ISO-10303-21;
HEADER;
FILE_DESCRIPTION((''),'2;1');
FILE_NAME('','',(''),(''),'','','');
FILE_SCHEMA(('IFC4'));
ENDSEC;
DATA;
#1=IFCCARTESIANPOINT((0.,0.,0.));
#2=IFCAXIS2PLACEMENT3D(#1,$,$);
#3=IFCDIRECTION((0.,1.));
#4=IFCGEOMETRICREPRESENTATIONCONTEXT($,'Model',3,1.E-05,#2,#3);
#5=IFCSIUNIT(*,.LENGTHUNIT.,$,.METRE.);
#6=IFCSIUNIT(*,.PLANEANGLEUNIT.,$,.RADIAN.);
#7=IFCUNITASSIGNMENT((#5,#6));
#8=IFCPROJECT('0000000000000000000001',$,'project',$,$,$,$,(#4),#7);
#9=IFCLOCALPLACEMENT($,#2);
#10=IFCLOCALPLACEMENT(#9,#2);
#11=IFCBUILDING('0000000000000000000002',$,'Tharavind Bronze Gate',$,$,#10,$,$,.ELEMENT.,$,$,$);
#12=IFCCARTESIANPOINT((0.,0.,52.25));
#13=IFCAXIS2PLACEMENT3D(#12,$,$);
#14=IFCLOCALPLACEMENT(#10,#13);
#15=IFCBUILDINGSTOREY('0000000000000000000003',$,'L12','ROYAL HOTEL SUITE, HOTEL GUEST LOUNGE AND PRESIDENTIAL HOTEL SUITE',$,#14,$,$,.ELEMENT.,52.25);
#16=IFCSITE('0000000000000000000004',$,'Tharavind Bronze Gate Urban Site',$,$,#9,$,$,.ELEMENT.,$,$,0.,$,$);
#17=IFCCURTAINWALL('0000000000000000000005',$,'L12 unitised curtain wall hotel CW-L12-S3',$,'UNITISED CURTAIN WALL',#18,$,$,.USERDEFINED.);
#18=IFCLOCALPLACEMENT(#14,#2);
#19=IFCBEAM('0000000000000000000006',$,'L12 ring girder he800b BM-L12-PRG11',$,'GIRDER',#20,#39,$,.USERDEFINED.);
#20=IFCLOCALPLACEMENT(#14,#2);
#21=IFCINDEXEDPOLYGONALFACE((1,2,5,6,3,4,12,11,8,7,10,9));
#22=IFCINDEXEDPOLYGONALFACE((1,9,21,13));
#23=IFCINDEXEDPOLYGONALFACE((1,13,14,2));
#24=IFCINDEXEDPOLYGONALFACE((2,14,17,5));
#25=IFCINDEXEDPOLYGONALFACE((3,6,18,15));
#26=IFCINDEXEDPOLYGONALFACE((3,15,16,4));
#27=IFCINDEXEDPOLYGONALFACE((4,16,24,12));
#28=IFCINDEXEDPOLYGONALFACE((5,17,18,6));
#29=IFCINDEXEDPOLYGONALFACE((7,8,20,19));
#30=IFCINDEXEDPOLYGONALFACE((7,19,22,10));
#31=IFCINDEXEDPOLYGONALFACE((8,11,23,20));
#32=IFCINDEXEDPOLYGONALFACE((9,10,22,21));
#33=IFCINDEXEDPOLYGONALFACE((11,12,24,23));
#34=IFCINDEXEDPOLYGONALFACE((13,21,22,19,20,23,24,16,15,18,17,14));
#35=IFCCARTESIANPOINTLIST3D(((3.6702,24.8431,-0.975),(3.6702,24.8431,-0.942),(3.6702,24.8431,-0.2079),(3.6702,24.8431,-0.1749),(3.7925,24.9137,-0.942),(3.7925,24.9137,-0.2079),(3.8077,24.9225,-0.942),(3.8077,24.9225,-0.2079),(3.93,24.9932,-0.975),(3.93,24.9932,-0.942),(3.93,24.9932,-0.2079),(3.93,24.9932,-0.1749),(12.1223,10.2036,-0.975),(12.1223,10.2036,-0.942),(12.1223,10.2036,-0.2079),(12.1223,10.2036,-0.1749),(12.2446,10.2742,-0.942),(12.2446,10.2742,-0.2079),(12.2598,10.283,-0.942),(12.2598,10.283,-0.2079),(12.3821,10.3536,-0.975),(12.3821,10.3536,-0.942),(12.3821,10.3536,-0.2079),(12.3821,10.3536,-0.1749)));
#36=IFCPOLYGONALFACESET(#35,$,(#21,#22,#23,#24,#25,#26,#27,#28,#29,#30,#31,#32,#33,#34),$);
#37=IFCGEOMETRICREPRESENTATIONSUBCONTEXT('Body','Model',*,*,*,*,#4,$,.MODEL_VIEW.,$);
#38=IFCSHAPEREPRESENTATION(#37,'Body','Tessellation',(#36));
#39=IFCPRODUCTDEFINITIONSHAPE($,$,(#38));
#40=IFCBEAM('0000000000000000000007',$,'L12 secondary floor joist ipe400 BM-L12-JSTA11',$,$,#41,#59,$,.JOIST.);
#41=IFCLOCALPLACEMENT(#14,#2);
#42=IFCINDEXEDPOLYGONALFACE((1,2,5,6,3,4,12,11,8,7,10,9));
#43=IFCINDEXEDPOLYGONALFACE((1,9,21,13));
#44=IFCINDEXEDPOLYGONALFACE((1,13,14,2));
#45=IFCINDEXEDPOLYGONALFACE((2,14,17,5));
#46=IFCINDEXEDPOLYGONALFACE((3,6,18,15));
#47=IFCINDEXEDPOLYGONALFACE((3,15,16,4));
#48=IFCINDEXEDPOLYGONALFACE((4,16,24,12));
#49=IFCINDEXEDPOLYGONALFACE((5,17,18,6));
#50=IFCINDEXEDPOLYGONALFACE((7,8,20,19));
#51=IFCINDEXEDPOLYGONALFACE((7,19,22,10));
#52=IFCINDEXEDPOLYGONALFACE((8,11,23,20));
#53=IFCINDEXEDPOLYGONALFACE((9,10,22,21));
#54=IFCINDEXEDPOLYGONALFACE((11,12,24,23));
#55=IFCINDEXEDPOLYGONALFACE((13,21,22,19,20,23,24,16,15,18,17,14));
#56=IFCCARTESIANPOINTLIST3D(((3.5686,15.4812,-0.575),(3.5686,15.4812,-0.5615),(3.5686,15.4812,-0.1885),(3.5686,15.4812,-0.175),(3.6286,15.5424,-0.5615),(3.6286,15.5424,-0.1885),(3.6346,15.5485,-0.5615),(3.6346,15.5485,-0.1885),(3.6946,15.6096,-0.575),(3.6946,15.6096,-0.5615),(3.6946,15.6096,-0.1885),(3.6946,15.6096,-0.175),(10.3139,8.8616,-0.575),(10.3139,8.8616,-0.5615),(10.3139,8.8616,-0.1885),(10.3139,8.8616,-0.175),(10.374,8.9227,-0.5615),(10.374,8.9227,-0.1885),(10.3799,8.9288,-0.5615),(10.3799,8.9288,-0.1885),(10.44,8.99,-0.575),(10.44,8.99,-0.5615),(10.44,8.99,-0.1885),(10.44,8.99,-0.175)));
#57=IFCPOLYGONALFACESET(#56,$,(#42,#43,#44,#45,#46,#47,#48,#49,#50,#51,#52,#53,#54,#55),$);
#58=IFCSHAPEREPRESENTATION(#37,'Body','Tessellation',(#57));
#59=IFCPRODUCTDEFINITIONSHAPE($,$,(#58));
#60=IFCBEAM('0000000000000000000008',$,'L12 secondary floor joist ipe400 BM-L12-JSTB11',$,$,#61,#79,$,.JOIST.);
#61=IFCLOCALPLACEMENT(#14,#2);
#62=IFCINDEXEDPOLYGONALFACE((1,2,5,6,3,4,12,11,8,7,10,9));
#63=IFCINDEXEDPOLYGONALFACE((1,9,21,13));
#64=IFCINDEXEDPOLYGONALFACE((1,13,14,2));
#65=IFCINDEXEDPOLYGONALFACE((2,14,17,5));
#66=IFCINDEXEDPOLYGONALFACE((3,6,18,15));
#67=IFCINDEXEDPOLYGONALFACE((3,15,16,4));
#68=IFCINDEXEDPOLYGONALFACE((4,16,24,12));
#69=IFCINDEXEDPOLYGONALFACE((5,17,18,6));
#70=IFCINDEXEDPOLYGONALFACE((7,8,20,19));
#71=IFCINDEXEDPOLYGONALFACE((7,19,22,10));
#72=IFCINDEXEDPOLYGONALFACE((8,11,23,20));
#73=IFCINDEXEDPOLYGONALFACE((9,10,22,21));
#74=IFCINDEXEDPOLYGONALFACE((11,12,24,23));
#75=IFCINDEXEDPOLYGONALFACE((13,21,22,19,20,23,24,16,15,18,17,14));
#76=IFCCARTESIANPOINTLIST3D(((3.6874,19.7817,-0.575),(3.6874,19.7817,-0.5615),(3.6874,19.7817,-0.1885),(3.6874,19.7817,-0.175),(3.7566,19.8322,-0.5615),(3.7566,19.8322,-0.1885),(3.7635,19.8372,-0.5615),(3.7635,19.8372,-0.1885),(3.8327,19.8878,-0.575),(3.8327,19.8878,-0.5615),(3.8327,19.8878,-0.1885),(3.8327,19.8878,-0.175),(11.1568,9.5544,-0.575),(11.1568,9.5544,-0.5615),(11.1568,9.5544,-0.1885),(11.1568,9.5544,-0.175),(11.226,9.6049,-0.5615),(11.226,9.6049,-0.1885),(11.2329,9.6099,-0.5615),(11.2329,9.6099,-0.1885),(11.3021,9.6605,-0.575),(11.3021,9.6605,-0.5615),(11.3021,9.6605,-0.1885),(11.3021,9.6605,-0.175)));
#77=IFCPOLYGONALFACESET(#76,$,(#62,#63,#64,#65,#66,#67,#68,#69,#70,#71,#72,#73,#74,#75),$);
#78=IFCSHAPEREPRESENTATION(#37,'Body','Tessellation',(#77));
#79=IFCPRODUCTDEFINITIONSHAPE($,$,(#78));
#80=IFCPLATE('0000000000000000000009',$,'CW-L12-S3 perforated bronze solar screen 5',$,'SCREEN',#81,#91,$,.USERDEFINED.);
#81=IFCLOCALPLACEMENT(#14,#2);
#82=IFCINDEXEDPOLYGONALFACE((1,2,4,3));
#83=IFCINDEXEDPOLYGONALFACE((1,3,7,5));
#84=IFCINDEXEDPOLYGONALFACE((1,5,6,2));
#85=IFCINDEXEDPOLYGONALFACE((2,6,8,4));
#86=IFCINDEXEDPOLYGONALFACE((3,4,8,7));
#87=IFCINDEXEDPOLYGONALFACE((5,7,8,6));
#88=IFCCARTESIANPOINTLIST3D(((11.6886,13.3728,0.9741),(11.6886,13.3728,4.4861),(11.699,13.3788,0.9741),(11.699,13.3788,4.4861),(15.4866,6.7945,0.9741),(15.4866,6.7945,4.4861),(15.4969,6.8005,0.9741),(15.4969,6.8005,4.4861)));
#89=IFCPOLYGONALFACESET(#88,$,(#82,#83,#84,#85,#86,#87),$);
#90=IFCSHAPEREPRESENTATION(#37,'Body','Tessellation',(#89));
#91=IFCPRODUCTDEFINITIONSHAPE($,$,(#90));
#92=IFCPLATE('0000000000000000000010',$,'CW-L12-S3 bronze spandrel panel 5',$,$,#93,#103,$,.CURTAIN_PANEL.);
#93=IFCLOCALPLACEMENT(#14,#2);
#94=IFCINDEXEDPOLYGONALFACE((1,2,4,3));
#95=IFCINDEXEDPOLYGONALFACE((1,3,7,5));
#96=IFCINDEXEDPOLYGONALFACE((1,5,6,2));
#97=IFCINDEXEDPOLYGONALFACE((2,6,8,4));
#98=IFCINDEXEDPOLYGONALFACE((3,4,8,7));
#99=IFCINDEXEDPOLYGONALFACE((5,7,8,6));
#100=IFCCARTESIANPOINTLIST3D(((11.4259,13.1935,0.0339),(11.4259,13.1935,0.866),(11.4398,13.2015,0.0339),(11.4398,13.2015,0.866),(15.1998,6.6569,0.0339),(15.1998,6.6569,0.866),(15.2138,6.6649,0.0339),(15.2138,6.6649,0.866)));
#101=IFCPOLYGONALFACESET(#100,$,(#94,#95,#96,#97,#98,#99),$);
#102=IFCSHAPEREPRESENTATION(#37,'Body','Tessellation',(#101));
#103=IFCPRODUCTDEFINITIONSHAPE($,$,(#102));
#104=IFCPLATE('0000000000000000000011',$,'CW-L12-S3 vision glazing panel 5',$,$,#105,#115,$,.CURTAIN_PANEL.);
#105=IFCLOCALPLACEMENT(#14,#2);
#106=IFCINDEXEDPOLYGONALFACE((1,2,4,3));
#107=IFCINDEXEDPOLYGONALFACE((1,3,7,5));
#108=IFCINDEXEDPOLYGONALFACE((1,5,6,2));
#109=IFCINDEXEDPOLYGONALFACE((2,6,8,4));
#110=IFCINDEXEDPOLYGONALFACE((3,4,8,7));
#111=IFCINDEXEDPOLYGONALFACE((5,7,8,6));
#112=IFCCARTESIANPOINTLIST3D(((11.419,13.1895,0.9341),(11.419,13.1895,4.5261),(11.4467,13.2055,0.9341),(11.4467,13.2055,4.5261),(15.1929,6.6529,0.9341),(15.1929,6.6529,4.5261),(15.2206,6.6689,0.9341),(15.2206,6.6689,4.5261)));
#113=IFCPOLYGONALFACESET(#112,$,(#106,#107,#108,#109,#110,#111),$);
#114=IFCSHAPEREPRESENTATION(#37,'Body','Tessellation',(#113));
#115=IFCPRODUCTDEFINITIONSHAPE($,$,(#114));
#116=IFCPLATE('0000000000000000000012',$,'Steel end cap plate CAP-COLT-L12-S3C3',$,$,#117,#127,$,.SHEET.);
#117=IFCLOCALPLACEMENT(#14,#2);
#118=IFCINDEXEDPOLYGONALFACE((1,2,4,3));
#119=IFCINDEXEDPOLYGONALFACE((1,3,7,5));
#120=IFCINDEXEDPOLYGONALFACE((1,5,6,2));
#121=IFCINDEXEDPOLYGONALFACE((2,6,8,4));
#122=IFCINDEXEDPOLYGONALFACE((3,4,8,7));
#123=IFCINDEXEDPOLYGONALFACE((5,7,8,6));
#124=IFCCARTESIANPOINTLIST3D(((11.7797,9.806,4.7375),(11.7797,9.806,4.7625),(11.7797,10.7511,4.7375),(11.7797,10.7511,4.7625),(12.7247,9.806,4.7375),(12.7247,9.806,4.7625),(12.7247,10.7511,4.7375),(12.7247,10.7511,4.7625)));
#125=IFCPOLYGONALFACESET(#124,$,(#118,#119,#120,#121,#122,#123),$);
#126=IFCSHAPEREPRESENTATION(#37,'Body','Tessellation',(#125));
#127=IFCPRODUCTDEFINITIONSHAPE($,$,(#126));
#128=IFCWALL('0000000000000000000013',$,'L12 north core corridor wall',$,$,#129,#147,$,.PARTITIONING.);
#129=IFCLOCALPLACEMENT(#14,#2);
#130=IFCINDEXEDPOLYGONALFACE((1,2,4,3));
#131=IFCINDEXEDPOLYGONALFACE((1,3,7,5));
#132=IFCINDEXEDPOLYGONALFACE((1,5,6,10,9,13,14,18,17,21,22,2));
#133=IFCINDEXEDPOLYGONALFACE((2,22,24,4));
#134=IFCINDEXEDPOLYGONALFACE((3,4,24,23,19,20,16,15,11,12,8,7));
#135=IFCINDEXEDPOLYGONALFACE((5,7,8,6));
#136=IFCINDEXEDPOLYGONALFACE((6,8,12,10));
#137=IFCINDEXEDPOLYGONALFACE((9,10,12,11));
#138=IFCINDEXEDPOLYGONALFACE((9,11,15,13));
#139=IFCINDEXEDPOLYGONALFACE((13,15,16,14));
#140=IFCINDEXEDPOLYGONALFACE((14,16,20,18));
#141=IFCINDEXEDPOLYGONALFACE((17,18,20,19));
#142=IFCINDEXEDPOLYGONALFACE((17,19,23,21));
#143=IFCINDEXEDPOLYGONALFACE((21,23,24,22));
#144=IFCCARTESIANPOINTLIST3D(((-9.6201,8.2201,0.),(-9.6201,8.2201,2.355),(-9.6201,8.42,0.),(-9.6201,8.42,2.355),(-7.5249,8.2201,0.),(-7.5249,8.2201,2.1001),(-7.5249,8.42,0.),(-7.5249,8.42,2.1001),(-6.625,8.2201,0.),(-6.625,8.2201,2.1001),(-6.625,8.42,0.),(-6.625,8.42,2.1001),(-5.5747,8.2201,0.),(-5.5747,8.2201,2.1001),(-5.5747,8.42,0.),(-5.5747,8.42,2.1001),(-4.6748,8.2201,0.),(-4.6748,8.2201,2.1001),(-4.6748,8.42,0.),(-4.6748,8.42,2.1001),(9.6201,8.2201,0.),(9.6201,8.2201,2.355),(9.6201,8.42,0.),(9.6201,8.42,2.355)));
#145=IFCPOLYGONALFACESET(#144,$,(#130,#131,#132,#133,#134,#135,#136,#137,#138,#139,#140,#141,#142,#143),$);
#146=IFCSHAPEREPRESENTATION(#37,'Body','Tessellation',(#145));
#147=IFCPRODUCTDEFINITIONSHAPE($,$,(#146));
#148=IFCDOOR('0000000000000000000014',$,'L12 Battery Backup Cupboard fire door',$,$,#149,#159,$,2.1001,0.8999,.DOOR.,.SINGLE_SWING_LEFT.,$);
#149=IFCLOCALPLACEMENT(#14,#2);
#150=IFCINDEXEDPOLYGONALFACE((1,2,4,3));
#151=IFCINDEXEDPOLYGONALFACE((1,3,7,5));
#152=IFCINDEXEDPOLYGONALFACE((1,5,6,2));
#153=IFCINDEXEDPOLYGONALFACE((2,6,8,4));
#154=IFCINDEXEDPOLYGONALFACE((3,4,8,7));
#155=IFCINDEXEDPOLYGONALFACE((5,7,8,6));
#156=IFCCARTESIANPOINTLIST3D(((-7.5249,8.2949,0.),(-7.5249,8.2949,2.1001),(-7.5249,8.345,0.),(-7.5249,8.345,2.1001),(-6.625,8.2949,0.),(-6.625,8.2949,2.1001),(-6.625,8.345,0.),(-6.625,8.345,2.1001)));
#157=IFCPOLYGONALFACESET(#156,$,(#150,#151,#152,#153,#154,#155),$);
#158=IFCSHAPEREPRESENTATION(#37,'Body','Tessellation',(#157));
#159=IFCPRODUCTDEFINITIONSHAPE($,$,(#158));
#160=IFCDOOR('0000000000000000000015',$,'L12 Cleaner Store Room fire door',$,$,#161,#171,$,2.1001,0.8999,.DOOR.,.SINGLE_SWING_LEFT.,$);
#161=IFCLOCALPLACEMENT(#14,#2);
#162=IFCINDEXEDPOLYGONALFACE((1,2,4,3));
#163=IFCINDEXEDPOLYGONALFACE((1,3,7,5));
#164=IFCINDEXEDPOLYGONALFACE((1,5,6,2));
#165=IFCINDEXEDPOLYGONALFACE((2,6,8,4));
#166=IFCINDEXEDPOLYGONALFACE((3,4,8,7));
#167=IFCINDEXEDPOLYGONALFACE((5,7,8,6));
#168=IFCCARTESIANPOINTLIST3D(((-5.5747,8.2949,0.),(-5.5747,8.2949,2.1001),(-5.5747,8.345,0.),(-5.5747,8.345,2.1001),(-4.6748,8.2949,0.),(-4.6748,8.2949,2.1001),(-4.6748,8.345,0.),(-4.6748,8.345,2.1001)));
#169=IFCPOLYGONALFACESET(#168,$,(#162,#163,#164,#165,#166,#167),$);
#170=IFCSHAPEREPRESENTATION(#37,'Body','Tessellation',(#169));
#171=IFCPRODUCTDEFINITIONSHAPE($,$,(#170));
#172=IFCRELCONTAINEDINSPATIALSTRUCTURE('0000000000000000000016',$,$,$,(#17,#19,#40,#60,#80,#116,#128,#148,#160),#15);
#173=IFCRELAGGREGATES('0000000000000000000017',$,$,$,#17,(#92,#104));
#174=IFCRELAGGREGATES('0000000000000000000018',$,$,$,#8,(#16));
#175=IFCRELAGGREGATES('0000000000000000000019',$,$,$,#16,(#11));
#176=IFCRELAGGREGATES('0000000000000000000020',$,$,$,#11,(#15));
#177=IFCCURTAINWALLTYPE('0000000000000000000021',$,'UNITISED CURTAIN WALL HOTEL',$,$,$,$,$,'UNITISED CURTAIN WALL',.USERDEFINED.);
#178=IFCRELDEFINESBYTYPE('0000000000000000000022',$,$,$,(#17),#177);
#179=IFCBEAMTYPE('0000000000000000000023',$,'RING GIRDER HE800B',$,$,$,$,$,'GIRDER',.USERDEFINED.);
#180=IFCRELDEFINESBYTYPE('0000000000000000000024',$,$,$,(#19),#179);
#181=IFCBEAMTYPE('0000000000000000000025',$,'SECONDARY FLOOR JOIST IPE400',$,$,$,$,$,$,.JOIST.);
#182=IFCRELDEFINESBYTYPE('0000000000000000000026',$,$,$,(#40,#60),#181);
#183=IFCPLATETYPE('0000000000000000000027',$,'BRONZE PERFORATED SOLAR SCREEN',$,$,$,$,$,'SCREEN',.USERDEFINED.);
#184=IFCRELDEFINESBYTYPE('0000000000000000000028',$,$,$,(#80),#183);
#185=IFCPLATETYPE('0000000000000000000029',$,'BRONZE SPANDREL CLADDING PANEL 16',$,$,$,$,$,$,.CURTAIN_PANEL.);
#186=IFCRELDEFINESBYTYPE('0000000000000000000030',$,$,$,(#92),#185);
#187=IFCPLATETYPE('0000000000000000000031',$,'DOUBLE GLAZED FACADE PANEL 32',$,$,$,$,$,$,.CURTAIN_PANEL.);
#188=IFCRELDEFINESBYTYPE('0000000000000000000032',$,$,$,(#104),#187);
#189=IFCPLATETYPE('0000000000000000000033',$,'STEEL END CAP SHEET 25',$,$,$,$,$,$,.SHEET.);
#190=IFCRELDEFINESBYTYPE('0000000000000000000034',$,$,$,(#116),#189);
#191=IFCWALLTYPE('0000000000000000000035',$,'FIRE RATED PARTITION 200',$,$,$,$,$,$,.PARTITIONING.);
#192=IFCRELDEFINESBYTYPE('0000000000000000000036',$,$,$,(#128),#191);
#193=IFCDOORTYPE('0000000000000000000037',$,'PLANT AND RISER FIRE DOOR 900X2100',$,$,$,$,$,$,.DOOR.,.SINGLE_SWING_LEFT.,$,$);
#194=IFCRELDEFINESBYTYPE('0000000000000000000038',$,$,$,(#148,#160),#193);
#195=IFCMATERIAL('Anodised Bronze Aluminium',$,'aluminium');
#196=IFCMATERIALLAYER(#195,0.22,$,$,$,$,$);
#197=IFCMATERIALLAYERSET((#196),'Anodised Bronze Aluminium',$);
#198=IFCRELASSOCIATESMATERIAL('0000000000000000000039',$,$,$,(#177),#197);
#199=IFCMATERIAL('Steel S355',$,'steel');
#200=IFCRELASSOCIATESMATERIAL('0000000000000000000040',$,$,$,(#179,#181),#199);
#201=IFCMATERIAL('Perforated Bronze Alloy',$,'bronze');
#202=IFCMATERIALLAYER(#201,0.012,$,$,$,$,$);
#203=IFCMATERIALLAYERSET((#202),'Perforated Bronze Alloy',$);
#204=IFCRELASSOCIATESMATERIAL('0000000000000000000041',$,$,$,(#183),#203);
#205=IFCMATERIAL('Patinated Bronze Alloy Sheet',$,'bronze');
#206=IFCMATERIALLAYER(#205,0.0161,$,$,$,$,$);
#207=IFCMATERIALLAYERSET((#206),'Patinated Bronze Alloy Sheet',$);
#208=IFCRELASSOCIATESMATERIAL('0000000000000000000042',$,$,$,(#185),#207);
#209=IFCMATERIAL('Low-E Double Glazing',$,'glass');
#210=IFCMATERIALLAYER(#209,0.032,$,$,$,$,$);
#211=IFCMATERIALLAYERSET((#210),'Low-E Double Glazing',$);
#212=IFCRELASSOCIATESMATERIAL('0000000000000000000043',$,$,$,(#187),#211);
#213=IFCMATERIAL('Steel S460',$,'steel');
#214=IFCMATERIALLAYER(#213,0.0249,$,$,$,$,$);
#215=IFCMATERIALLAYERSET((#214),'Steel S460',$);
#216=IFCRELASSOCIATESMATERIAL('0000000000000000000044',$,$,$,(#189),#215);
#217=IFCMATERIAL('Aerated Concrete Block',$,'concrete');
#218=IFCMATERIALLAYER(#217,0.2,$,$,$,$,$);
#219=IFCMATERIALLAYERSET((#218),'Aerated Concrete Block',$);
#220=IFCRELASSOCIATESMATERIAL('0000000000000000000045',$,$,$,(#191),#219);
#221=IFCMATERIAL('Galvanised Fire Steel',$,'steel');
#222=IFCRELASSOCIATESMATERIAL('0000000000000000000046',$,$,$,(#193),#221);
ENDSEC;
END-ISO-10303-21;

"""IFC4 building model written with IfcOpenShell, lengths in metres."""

from ifc_helpers import new_model, si_unit, direction, frame, frame_2d, origin, origin_2d, place, context, subcontext, project, spatial, rectangle, i_section, extrude, material, layer, layer_set, material_profile, profile_set, type_object, element, fill, aggregate, save


model = new_model("IFC4")

# Units and contexts
model_context = context("Model", 3, precision=1e-05, world=origin(), true_north=direction((0.0, 1.0)))
body_context = subcontext(model_context, "Body", "Model", "MODEL_VIEW")
ifc_project = project(units=[si_unit("LENGTHUNIT", "METRE"), si_unit("PLANEANGLEUNIT", "RADIAN")], contexts=[model_context])

# Site, building, storey
site_placement = place(None, origin())
site = spatial("IfcSite", under=ifc_project, at=site_placement, Name="Tharavind Bronze Gate Urban Site", CompositionType="ELEMENT", RefElevation=0.0)
building_placement = place(site_placement, origin())
building = spatial("IfcBuilding", under=site, at=building_placement, Name="Tharavind Bronze Gate", CompositionType="ELEMENT")
storey_placement = place(building_placement, frame((0.0, 0.0, 52.25)))
storey = spatial("IfcBuildingStorey", under=building, at=storey_placement, Name="L12", Description="ROYAL HOTEL SUITE, HOTEL GUEST LOUNGE AND PRESIDENTIAL HOTEL SUITE", CompositionType="ELEMENT", Elevation=52.25)

# Shared definitions
ifc_material_1 = material(Name="Steel S460", Category="steel")

# Curtain wall
ifc_material_2 = material(Name="Anodised Bronze Aluminium", Category="aluminium")
ifc_layer_1 = layer(ifc_material_2, 0.22)
ifc_layer_set_1 = layer_set([ifc_layer_1], Name="Anodised Bronze Aluminium")
curtain_wall_type = type_object("IfcCurtainWallType", Name="UNITISED CURTAIN WALL HOTEL", ElementType="UNITISED CURTAIN WALL", PredefinedType="USERDEFINED", material=ifc_layer_set_1)
curtain_wall_placement = place(storey_placement, origin())
curtain_wall = element("IfcCurtainWall", 1, at=curtain_wall_placement, inside=storey, type_object=curtain_wall_type, Name="L12 unitised curtain wall hotel CW-L12-S3", ObjectType="UNITISED CURTAIN WALL", PredefinedType="USERDEFINED")

# Beams
ifc_material_3 = material(Name="Steel S355", Category="steel")
ifc_material_profile_1 = material_profile(ifc_material_3, i_section(OverallWidth=0.3, OverallDepth=0.8, WebThickness=0.0176, FlangeThickness=0.033, at=origin_2d()), Name="HE800B")
ifc_profile_set_1 = profile_set([ifc_material_profile_1], Name="Steel S355")
beam_type_1 = type_object("IfcBeamType", Name="RING GIRDER HE800B", ElementType="GIRDER", PredefinedType="USERDEFINED", material=ifc_profile_set_1)
beam_1_placement = place(storey_placement, frame((12.2522, 10.2786, -0.575), z_axis=(-0.499997, 0.866027, 0.0), x_axis=(-0.866027, -0.499997, 0.0)))
element("IfcBeam", 2, at=beam_1_placement, inside=storey, type_object=beam_type_1, Name="L12 ring girder he800b BM-L12-PRG11", ObjectType="GIRDER", PredefinedType="USERDEFINED", context=body_context, shape_type="SweptSolid", body=[
    extrude(i_section(OverallWidth=0.3, OverallDepth=0.8, WebThickness=0.0176, FlangeThickness=0.033, at=origin_2d()), origin(), (0.0, 0.0, 1.0), 16.9043),
])
ifc_material_profile_2 = material_profile(ifc_material_3, i_section(OverallWidth=0.1799, OverallDepth=0.3999, WebThickness=0.0085, FlangeThickness=0.0134, at=origin_2d()), Name="IPE400")
ifc_profile_set_2 = profile_set([ifc_material_profile_2], Name="Steel S355")
beam_type_2 = type_object("IfcBeamType", Name="SECONDARY FLOOR JOIST IPE400", PredefinedType="JOIST", material=ifc_profile_set_2)
beam_2_placement = place(storey_placement, frame((10.377, 8.9258, -0.375), z_axis=(-0.713727, 0.700424, 0.0), x_axis=(-0.700424, -0.713727, 0.0)))
element("IfcBeam", 3, at=beam_2_placement, inside=storey, type_object=beam_type_2, Name="L12 secondary floor joist ipe400 BM-L12-JSTA11", PredefinedType="JOIST", context=body_context, shape_type="SweptSolid", body=[
    extrude(i_section(OverallWidth=0.1799, OverallDepth=0.3999, WebThickness=0.0085, FlangeThickness=0.0134, at=origin_2d()), origin(), (0.0, 0.0, 1.0), 9.4509),
])
beam_3_placement = place(storey_placement, frame((11.2295, 9.6074, -0.375), z_axis=(-0.589795, 0.807553, 0.0), x_axis=(-0.807553, -0.589795, 0.0)))
element("IfcBeam", 4, at=beam_3_placement, inside=storey, type_object=beam_type_2, Name="L12 secondary floor joist ipe400 BM-L12-JSTB11", PredefinedType="JOIST", context=body_context, shape_type="SweptSolid", body=[
    extrude(i_section(OverallWidth=0.1799, OverallDepth=0.3999, WebThickness=0.0085, FlangeThickness=0.0134, at=origin_2d()), origin(), (0.0, 0.0, 1.0), 12.6646),
])

# Plates
ifc_material_4 = material(Name="Perforated Bronze Alloy", Category="bronze")
ifc_layer_2 = layer(ifc_material_4, 0.012)
ifc_layer_set_2 = layer_set([ifc_layer_2], Name="Perforated Bronze Alloy")
plate_type_1 = type_object("IfcPlateType", Name="BRONZE PERFORATED SOLAR SCREEN", ElementType="SCREEN", PredefinedType="USERDEFINED", material=ifc_layer_set_2)
plate_1_placement = place(storey_placement, frame((13.5928, 10.0867, 0.9741), z_axis=(0.0, 0.0, 1.0), x_axis=(-0.500002, 0.866025, 0.0)))
element("IfcPlate", 5, at=plate_1_placement, inside=storey, type_object=plate_type_1, Name="CW-L12-S3 perforated bronze solar screen 5", ObjectType="SCREEN", PredefinedType="USERDEFINED", context=body_context, shape_type="SweptSolid", body=[
    extrude(rectangle(XDim=7.5959, YDim=0.012, at=origin_2d()), origin(), (0.0, 0.0, 1.0), 3.512),
])
ifc_material_5 = material(Name="Patinated Bronze Alloy Sheet", Category="bronze")
ifc_layer_3 = layer(ifc_material_5, 0.0161)
ifc_layer_set_3 = layer_set([ifc_layer_3], Name="Patinated Bronze Alloy Sheet")
plate_type_2 = type_object("IfcPlateType", Name="BRONZE SPANDREL CLADDING PANEL 16", PredefinedType="CURTAIN_PANEL", material=ifc_layer_set_3)
plate_2_placement = place(storey_placement, frame((13.3198, 9.9292, 0.0339), z_axis=(0.0, 0.0, 1.0), x_axis=(-0.500002, 0.866025, 0.0)))
plate_2 = element("IfcPlate", 6, at=plate_2_placement, type_object=plate_type_2, Name="CW-L12-S3 bronze spandrel panel 5", PredefinedType="CURTAIN_PANEL", context=body_context, shape_type="SweptSolid", body=[
    extrude(rectangle(XDim=7.5479, YDim=0.0161, at=origin_2d()), origin(), (0.0, 0.0, 1.0), 0.832),
])
ifc_material_6 = material(Name="Low-E Double Glazing", Category="glass")
ifc_layer_4 = layer(ifc_material_6, 0.032)
ifc_layer_set_4 = layer_set([ifc_layer_4], Name="Low-E Double Glazing")
plate_type_3 = type_object("IfcPlateType", Name="DOUBLE GLAZED FACADE PANEL 32", PredefinedType="CURTAIN_PANEL", material=ifc_layer_set_4)
plate_3_placement = place(storey_placement, frame((13.3198, 9.9292, 0.9341), z_axis=(0.0, 0.0, 1.0), x_axis=(-0.500002, 0.866025, 0.0)))
plate_3 = element("IfcPlate", 7, at=plate_3_placement, type_object=plate_type_3, Name="CW-L12-S3 vision glazing panel 5", PredefinedType="CURTAIN_PANEL", context=body_context, shape_type="SweptSolid", body=[
    extrude(rectangle(XDim=7.5479, YDim=0.032, at=origin_2d()), origin(), (0.0, 0.0, 1.0), 3.592),
])
aggregate(curtain_wall, [plate_2, plate_3])
ifc_layer_5 = layer(ifc_material_1, 0.0249)
ifc_layer_set_5 = layer_set([ifc_layer_5], Name="Steel S460")
plate_type_4 = type_object("IfcPlateType", Name="STEEL END CAP SHEET 25", PredefinedType="SHEET", material=ifc_layer_set_5)
plate_4_placement = place(storey_placement, frame((12.2522, 10.2786, 4.7375), z_axis=(0.0, 0.0, 1.0), x_axis=(1.0, 0.0, 0.0)))
element("IfcPlate", 8, at=plate_4_placement, inside=storey, type_object=plate_type_4, Name="Steel end cap plate CAP-COLT-L12-S3C3", PredefinedType="SHEET", context=body_context, shape_type="SweptSolid", body=[
    extrude(rectangle(XDim=0.9451, YDim=0.9451, at=origin_2d()), origin(), (0.0, 0.0, 1.0), 0.0249),
])

# Wall, openings, doors
ifc_material_7 = material(Name="Aerated Concrete Block", Category="concrete")
ifc_layer_6 = layer(ifc_material_7, 0.2)
ifc_layer_set_6 = layer_set([ifc_layer_6], Name="Aerated Concrete Block")
wall_type_1 = type_object("IfcWallType", Name="FIRE RATED PARTITION 200", PredefinedType="PARTITIONING", material=ifc_layer_set_6)
wall_1_placement = place(storey_placement, frame((9.6201, 8.3201, 0.0), z_axis=(0.0, 0.0, 1.0), x_axis=(-1.0, 0.0, 0.0)))
wall_1 = element("IfcWall", 9, at=wall_1_placement, inside=storey, type_object=wall_type_1, Name="L12 north core corridor wall", PredefinedType="PARTITIONING", context=body_context, shape_type="SweptSolid", body=[
    extrude(rectangle(XDim=19.2402, YDim=0.2, at=frame_2d((9.6201, 0.0))), origin(), (0.0, 0.0, 1.0), 2.355),
])
opening_1_placement = place(wall_1_placement, frame((16.2451, 0.0, 0.0)))
opening_1 = element("IfcOpeningElement", 10, at=opening_1_placement, cuts=wall_1, PredefinedType="OPENING", context=body_context, shape_type="SweptSolid", body=[
    extrude(rectangle(XDim=0.8999, YDim=2.1001, at=frame_2d((0.45, 1.05))), frame((0.0, 0.1101, 0.0), z_axis=(0.0, -1.0, 0.0), x_axis=(1.0, 0.0, 0.0)), (0.0, 0.0, 1.0), 0.22),
])
opening_2_placement = place(wall_1_placement, frame((14.2949, 0.0, 0.0)))
opening_2 = element("IfcOpeningElement", 11, at=opening_2_placement, cuts=wall_1, PredefinedType="OPENING", context=body_context, shape_type="SweptSolid", body=[
    extrude(rectangle(XDim=0.8999, YDim=2.1001, at=frame_2d((0.45, 1.05))), frame((0.0, 0.1101, 0.0), z_axis=(0.0, -1.0, 0.0), x_axis=(1.0, 0.0, 0.0)), (0.0, 0.0, 1.0), 0.22),
])
ifc_material_8 = material(Name="Galvanised Fire Steel", Category="steel")
door_type_1 = type_object("IfcDoorType", Name="PLANT AND RISER FIRE DOOR 900X2100", OperationType="SINGLE_SWING_LEFT", PredefinedType="DOOR", material=ifc_material_8)
door_1_placement = place(opening_1_placement, frame((0.8999, 0.0, 0.0), z_axis=(0.0, 0.0, 1.0), x_axis=(-1.0, 0.0, 0.0)))
door_1 = element("IfcDoor", 12, at=door_1_placement, inside=storey, type_object=door_type_1, Name="L12 Battery Backup Cupboard fire door", OperationType="SINGLE_SWING_LEFT", OverallHeight=2.1001, OverallWidth=0.8999, PredefinedType="DOOR", context=body_context, shape_type="SweptSolid", body=[
    extrude(rectangle(XDim=0.8999, YDim=2.1001, at=frame_2d((0.45, 1.05))), frame((0.0, 0.0249, 0.0), z_axis=(0.0, -1.0, 0.0), x_axis=(1.0, 0.0, 0.0)), (0.0, 0.0, 1.0), 0.05),
])
fill(opening_1, door_1)
door_2_placement = place(opening_2_placement, frame((0.8999, 0.0, 0.0), z_axis=(0.0, 0.0, 1.0), x_axis=(-1.0, 0.0, 0.0)))
door_2 = element("IfcDoor", 13, at=door_2_placement, inside=storey, type_object=door_type_1, Name="L12 Cleaner Store Room fire door", OperationType="SINGLE_SWING_LEFT", OverallHeight=2.1001, OverallWidth=0.8999, PredefinedType="DOOR", context=body_context, shape_type="SweptSolid", body=[
    extrude(rectangle(XDim=0.8999, YDim=2.1001, at=frame_2d((0.45, 1.05))), frame((0.0, 0.0249, 0.0), z_axis=(0.0, -1.0, 0.0), x_axis=(1.0, 0.0, 0.0)), (0.0, 0.0, 1.0), 0.05),
])
fill(opening_2, door_2)

save(model, "model.ifc")
